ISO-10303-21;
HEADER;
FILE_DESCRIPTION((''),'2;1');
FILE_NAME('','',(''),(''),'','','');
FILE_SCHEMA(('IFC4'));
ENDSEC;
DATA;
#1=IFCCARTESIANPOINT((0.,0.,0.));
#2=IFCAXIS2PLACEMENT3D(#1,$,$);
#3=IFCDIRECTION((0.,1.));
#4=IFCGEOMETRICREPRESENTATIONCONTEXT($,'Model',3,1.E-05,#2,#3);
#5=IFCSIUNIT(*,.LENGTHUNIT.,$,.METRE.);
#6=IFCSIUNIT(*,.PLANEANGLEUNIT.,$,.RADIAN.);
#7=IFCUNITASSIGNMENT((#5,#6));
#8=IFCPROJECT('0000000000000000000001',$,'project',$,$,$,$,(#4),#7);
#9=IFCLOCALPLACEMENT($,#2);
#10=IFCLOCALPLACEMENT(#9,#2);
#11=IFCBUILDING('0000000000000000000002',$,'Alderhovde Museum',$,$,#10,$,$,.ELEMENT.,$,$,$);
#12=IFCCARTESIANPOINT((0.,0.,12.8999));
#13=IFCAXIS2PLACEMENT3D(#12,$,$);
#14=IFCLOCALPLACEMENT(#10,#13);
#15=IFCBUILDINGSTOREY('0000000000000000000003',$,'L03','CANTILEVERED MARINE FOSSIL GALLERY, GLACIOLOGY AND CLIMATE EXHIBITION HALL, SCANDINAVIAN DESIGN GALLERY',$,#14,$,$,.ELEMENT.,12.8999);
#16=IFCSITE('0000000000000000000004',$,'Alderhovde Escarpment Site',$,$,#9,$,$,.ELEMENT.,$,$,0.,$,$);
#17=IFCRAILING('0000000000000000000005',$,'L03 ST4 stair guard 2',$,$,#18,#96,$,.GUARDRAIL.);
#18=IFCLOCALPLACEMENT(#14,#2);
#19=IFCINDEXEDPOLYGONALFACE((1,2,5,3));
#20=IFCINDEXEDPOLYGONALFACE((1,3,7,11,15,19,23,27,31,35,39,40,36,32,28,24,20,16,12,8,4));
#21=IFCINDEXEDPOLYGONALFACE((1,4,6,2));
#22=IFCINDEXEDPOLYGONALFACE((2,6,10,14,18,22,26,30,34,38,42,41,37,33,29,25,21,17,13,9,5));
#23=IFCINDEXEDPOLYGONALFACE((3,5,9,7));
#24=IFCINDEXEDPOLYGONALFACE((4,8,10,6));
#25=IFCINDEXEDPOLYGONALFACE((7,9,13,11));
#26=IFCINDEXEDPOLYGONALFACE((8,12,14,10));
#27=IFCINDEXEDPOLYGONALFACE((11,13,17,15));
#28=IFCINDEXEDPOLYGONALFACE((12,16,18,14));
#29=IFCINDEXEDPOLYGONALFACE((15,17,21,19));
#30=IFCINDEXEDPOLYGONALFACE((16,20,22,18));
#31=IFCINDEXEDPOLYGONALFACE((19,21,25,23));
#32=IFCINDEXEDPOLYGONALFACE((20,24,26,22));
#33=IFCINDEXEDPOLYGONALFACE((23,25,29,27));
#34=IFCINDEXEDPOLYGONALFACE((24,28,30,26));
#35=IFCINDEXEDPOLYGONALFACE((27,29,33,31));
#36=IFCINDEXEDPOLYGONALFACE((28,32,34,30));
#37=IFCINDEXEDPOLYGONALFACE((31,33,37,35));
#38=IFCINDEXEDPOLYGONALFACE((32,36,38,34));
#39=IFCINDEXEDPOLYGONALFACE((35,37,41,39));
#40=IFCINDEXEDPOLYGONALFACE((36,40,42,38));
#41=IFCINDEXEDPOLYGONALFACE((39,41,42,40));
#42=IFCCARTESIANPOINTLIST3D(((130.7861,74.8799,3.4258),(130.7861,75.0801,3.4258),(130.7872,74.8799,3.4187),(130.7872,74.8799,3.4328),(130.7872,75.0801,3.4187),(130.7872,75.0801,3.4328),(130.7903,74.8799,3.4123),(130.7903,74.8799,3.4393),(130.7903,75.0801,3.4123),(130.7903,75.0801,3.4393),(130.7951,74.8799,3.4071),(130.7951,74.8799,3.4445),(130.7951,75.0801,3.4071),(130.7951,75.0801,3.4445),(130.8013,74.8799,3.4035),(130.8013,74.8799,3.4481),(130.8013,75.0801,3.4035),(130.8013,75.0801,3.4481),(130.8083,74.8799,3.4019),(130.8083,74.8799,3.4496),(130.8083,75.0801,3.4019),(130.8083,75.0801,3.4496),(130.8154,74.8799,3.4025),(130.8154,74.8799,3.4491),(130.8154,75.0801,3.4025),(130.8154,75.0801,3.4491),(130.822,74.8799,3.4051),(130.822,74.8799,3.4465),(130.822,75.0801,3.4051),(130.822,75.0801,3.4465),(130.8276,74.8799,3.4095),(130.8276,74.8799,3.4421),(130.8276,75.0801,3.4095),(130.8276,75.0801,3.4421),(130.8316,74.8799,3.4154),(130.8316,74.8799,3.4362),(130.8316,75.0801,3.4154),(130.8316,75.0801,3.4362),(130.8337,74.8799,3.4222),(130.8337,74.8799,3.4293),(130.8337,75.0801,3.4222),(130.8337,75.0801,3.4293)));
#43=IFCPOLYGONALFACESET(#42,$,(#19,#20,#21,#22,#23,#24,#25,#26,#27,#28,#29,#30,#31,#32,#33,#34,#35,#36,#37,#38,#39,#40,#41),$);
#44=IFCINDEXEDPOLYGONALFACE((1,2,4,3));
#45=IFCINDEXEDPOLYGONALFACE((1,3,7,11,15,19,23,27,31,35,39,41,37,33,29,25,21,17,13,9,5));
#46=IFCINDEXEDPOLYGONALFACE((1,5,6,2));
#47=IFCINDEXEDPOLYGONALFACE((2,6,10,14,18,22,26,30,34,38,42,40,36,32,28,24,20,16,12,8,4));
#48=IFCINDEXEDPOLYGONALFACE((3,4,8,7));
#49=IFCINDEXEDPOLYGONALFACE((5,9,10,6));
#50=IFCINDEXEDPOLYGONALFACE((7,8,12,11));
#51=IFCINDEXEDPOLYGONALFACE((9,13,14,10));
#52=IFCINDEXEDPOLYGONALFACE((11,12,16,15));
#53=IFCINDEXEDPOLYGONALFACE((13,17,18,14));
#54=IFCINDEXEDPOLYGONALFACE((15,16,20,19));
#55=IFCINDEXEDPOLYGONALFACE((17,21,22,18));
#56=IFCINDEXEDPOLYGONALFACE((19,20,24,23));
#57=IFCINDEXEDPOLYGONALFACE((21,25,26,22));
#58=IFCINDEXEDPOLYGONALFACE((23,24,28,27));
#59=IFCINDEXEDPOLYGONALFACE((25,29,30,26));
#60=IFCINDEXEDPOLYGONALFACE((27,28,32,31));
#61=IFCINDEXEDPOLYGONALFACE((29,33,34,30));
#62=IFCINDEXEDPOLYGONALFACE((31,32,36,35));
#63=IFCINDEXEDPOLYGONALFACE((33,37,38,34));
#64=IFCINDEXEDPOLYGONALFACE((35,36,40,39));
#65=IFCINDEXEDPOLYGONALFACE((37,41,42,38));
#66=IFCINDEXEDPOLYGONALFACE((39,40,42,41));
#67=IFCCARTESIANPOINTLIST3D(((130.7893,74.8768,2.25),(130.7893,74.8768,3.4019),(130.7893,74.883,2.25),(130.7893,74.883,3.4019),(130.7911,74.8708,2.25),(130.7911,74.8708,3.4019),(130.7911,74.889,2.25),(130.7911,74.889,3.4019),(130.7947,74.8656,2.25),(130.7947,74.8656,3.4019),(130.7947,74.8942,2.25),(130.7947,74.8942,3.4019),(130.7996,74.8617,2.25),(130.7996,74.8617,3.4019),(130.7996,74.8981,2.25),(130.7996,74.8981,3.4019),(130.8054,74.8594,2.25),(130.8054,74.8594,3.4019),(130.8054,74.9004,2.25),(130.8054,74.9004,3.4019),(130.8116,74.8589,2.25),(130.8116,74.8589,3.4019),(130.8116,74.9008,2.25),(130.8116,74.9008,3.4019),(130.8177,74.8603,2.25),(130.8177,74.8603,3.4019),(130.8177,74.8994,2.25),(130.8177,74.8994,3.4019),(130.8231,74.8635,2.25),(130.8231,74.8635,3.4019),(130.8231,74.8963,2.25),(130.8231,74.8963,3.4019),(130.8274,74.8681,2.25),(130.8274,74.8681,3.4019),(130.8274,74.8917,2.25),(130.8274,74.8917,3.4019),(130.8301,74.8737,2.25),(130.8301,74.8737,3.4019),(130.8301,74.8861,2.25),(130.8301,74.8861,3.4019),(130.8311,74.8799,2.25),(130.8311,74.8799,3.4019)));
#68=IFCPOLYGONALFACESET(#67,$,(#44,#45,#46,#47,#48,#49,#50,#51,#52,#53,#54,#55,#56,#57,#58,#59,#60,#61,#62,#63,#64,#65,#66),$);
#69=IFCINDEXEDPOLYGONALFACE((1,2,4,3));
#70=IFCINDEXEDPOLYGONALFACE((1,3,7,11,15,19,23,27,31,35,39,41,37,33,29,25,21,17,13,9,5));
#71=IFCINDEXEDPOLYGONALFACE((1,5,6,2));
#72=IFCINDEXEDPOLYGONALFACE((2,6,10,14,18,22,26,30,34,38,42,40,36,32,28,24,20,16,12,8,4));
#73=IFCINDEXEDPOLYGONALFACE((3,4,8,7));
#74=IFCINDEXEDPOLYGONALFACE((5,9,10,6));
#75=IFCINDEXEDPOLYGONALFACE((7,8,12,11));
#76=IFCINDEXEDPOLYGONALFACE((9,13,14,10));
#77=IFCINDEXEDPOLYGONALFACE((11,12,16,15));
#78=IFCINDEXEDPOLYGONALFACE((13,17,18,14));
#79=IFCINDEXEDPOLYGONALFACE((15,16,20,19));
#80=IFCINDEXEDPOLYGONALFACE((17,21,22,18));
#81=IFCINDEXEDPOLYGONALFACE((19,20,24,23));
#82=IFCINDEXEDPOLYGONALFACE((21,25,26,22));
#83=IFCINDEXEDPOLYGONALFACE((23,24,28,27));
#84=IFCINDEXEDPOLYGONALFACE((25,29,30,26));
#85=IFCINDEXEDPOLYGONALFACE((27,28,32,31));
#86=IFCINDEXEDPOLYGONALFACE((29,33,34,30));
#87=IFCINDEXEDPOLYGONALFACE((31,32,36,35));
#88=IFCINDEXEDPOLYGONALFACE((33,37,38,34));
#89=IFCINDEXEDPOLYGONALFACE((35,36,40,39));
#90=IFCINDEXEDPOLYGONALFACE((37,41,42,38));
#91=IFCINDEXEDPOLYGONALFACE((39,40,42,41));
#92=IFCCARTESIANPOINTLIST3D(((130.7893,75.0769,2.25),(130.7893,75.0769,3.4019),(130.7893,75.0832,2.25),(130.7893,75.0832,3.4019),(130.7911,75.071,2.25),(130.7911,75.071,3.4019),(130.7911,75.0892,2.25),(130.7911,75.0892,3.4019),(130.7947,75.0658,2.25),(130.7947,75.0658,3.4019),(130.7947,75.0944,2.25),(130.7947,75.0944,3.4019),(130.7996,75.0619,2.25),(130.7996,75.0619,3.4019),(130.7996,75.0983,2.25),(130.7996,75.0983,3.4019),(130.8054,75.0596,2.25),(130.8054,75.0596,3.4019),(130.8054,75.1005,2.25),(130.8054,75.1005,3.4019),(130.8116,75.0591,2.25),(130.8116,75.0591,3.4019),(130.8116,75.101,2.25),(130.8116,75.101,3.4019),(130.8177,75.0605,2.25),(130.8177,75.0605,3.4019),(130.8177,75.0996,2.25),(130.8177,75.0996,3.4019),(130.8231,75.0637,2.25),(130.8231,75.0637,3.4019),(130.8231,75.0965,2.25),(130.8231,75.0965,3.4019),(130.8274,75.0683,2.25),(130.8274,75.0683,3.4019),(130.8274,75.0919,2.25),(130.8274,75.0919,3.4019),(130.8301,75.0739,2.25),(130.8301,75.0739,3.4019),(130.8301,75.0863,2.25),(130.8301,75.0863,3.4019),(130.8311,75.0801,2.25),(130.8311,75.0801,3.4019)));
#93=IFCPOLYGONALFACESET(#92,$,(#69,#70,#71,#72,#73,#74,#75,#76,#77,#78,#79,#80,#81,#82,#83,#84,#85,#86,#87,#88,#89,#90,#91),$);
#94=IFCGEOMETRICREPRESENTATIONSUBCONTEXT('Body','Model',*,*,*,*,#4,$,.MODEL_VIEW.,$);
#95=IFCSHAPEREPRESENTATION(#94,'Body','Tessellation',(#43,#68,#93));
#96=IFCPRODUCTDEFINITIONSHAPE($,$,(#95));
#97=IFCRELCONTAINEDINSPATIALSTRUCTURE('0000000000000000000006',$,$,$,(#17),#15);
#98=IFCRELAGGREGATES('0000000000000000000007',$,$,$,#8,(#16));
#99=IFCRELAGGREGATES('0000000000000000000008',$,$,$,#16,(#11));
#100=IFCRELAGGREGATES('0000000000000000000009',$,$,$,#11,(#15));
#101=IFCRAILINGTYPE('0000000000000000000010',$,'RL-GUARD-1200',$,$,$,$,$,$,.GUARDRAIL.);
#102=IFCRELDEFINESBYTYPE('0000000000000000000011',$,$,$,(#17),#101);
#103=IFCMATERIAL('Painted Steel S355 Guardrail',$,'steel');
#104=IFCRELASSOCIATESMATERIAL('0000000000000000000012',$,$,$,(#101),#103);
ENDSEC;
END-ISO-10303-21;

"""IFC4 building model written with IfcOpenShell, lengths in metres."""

from ifc_helpers import new_model, si_unit, direction, frame, origin, origin_2d, place, context, subcontext, project, spatial, circle, extrude, material, type_object, element, save


model = new_model("IFC4")

# Units and contexts
model_context = context("Model", 3, precision=1e-05, world=origin(), true_north=direction((0.0, 1.0)))
body_context = subcontext(model_context, "Body", "Model", "MODEL_VIEW")
ifc_project = project(units=[si_unit("LENGTHUNIT", "METRE"), si_unit("PLANEANGLEUNIT", "RADIAN")], contexts=[model_context])

# Site, building, storey
site_placement = place(None, origin())
site = spatial("IfcSite", under=ifc_project, at=site_placement, Name="Alderhovde Escarpment Site", CompositionType="ELEMENT", RefElevation=0.0)
building_placement = place(site_placement, origin())
building = spatial("IfcBuilding", under=site, at=building_placement, Name="Alderhovde Museum", CompositionType="ELEMENT")
storey_placement = place(building_placement, frame((0.0, 0.0, 12.8999)))
storey = spatial("IfcBuildingStorey", under=building, at=storey_placement, Name="L03", Description="CANTILEVERED MARINE FOSSIL GALLERY, GLACIOLOGY AND CLIMATE EXHIBITION HALL, SCANDINAVIAN DESIGN GALLERY", CompositionType="ELEMENT", Elevation=12.8999)

# Railing
ifc_material_1 = material(Name="Painted Steel S355 Guardrail", Category="steel")
railing_type_1 = type_object("IfcRailingType", Name="RL-GUARD-1200", PredefinedType="GUARDRAIL", material=ifc_material_1)
railing_1_placement = place(storey_placement, frame((130.8101, 74.8799, 2.25)))
element("IfcRailing", 1, at=railing_1_placement, inside=storey, type_object=railing_type_1, Name="L03 ST4 stair guard 2", PredefinedType="GUARDRAIL", context=body_context, shape_type="SweptSolid", body=[
    extrude(circle(Radius=0.0239, at=origin_2d()), frame((0.0, 0.0, 1.1758), z_axis=(0.0, 1.0, 0.0), x_axis=(-1.0, 0.0, 0.0)), (0.0, 0.0, 1.0), 0.2002),
    extrude(circle(Radius=0.021, at=origin_2d()), origin(), (0.0, 0.0, 1.0), 1.1519),
    extrude(circle(Radius=0.021, at=origin_2d()), frame((0.0, 0.2002, 0.0)), (0.0, 0.0, 1.0), 1.1519),
])

save(model, "model.ifc")
